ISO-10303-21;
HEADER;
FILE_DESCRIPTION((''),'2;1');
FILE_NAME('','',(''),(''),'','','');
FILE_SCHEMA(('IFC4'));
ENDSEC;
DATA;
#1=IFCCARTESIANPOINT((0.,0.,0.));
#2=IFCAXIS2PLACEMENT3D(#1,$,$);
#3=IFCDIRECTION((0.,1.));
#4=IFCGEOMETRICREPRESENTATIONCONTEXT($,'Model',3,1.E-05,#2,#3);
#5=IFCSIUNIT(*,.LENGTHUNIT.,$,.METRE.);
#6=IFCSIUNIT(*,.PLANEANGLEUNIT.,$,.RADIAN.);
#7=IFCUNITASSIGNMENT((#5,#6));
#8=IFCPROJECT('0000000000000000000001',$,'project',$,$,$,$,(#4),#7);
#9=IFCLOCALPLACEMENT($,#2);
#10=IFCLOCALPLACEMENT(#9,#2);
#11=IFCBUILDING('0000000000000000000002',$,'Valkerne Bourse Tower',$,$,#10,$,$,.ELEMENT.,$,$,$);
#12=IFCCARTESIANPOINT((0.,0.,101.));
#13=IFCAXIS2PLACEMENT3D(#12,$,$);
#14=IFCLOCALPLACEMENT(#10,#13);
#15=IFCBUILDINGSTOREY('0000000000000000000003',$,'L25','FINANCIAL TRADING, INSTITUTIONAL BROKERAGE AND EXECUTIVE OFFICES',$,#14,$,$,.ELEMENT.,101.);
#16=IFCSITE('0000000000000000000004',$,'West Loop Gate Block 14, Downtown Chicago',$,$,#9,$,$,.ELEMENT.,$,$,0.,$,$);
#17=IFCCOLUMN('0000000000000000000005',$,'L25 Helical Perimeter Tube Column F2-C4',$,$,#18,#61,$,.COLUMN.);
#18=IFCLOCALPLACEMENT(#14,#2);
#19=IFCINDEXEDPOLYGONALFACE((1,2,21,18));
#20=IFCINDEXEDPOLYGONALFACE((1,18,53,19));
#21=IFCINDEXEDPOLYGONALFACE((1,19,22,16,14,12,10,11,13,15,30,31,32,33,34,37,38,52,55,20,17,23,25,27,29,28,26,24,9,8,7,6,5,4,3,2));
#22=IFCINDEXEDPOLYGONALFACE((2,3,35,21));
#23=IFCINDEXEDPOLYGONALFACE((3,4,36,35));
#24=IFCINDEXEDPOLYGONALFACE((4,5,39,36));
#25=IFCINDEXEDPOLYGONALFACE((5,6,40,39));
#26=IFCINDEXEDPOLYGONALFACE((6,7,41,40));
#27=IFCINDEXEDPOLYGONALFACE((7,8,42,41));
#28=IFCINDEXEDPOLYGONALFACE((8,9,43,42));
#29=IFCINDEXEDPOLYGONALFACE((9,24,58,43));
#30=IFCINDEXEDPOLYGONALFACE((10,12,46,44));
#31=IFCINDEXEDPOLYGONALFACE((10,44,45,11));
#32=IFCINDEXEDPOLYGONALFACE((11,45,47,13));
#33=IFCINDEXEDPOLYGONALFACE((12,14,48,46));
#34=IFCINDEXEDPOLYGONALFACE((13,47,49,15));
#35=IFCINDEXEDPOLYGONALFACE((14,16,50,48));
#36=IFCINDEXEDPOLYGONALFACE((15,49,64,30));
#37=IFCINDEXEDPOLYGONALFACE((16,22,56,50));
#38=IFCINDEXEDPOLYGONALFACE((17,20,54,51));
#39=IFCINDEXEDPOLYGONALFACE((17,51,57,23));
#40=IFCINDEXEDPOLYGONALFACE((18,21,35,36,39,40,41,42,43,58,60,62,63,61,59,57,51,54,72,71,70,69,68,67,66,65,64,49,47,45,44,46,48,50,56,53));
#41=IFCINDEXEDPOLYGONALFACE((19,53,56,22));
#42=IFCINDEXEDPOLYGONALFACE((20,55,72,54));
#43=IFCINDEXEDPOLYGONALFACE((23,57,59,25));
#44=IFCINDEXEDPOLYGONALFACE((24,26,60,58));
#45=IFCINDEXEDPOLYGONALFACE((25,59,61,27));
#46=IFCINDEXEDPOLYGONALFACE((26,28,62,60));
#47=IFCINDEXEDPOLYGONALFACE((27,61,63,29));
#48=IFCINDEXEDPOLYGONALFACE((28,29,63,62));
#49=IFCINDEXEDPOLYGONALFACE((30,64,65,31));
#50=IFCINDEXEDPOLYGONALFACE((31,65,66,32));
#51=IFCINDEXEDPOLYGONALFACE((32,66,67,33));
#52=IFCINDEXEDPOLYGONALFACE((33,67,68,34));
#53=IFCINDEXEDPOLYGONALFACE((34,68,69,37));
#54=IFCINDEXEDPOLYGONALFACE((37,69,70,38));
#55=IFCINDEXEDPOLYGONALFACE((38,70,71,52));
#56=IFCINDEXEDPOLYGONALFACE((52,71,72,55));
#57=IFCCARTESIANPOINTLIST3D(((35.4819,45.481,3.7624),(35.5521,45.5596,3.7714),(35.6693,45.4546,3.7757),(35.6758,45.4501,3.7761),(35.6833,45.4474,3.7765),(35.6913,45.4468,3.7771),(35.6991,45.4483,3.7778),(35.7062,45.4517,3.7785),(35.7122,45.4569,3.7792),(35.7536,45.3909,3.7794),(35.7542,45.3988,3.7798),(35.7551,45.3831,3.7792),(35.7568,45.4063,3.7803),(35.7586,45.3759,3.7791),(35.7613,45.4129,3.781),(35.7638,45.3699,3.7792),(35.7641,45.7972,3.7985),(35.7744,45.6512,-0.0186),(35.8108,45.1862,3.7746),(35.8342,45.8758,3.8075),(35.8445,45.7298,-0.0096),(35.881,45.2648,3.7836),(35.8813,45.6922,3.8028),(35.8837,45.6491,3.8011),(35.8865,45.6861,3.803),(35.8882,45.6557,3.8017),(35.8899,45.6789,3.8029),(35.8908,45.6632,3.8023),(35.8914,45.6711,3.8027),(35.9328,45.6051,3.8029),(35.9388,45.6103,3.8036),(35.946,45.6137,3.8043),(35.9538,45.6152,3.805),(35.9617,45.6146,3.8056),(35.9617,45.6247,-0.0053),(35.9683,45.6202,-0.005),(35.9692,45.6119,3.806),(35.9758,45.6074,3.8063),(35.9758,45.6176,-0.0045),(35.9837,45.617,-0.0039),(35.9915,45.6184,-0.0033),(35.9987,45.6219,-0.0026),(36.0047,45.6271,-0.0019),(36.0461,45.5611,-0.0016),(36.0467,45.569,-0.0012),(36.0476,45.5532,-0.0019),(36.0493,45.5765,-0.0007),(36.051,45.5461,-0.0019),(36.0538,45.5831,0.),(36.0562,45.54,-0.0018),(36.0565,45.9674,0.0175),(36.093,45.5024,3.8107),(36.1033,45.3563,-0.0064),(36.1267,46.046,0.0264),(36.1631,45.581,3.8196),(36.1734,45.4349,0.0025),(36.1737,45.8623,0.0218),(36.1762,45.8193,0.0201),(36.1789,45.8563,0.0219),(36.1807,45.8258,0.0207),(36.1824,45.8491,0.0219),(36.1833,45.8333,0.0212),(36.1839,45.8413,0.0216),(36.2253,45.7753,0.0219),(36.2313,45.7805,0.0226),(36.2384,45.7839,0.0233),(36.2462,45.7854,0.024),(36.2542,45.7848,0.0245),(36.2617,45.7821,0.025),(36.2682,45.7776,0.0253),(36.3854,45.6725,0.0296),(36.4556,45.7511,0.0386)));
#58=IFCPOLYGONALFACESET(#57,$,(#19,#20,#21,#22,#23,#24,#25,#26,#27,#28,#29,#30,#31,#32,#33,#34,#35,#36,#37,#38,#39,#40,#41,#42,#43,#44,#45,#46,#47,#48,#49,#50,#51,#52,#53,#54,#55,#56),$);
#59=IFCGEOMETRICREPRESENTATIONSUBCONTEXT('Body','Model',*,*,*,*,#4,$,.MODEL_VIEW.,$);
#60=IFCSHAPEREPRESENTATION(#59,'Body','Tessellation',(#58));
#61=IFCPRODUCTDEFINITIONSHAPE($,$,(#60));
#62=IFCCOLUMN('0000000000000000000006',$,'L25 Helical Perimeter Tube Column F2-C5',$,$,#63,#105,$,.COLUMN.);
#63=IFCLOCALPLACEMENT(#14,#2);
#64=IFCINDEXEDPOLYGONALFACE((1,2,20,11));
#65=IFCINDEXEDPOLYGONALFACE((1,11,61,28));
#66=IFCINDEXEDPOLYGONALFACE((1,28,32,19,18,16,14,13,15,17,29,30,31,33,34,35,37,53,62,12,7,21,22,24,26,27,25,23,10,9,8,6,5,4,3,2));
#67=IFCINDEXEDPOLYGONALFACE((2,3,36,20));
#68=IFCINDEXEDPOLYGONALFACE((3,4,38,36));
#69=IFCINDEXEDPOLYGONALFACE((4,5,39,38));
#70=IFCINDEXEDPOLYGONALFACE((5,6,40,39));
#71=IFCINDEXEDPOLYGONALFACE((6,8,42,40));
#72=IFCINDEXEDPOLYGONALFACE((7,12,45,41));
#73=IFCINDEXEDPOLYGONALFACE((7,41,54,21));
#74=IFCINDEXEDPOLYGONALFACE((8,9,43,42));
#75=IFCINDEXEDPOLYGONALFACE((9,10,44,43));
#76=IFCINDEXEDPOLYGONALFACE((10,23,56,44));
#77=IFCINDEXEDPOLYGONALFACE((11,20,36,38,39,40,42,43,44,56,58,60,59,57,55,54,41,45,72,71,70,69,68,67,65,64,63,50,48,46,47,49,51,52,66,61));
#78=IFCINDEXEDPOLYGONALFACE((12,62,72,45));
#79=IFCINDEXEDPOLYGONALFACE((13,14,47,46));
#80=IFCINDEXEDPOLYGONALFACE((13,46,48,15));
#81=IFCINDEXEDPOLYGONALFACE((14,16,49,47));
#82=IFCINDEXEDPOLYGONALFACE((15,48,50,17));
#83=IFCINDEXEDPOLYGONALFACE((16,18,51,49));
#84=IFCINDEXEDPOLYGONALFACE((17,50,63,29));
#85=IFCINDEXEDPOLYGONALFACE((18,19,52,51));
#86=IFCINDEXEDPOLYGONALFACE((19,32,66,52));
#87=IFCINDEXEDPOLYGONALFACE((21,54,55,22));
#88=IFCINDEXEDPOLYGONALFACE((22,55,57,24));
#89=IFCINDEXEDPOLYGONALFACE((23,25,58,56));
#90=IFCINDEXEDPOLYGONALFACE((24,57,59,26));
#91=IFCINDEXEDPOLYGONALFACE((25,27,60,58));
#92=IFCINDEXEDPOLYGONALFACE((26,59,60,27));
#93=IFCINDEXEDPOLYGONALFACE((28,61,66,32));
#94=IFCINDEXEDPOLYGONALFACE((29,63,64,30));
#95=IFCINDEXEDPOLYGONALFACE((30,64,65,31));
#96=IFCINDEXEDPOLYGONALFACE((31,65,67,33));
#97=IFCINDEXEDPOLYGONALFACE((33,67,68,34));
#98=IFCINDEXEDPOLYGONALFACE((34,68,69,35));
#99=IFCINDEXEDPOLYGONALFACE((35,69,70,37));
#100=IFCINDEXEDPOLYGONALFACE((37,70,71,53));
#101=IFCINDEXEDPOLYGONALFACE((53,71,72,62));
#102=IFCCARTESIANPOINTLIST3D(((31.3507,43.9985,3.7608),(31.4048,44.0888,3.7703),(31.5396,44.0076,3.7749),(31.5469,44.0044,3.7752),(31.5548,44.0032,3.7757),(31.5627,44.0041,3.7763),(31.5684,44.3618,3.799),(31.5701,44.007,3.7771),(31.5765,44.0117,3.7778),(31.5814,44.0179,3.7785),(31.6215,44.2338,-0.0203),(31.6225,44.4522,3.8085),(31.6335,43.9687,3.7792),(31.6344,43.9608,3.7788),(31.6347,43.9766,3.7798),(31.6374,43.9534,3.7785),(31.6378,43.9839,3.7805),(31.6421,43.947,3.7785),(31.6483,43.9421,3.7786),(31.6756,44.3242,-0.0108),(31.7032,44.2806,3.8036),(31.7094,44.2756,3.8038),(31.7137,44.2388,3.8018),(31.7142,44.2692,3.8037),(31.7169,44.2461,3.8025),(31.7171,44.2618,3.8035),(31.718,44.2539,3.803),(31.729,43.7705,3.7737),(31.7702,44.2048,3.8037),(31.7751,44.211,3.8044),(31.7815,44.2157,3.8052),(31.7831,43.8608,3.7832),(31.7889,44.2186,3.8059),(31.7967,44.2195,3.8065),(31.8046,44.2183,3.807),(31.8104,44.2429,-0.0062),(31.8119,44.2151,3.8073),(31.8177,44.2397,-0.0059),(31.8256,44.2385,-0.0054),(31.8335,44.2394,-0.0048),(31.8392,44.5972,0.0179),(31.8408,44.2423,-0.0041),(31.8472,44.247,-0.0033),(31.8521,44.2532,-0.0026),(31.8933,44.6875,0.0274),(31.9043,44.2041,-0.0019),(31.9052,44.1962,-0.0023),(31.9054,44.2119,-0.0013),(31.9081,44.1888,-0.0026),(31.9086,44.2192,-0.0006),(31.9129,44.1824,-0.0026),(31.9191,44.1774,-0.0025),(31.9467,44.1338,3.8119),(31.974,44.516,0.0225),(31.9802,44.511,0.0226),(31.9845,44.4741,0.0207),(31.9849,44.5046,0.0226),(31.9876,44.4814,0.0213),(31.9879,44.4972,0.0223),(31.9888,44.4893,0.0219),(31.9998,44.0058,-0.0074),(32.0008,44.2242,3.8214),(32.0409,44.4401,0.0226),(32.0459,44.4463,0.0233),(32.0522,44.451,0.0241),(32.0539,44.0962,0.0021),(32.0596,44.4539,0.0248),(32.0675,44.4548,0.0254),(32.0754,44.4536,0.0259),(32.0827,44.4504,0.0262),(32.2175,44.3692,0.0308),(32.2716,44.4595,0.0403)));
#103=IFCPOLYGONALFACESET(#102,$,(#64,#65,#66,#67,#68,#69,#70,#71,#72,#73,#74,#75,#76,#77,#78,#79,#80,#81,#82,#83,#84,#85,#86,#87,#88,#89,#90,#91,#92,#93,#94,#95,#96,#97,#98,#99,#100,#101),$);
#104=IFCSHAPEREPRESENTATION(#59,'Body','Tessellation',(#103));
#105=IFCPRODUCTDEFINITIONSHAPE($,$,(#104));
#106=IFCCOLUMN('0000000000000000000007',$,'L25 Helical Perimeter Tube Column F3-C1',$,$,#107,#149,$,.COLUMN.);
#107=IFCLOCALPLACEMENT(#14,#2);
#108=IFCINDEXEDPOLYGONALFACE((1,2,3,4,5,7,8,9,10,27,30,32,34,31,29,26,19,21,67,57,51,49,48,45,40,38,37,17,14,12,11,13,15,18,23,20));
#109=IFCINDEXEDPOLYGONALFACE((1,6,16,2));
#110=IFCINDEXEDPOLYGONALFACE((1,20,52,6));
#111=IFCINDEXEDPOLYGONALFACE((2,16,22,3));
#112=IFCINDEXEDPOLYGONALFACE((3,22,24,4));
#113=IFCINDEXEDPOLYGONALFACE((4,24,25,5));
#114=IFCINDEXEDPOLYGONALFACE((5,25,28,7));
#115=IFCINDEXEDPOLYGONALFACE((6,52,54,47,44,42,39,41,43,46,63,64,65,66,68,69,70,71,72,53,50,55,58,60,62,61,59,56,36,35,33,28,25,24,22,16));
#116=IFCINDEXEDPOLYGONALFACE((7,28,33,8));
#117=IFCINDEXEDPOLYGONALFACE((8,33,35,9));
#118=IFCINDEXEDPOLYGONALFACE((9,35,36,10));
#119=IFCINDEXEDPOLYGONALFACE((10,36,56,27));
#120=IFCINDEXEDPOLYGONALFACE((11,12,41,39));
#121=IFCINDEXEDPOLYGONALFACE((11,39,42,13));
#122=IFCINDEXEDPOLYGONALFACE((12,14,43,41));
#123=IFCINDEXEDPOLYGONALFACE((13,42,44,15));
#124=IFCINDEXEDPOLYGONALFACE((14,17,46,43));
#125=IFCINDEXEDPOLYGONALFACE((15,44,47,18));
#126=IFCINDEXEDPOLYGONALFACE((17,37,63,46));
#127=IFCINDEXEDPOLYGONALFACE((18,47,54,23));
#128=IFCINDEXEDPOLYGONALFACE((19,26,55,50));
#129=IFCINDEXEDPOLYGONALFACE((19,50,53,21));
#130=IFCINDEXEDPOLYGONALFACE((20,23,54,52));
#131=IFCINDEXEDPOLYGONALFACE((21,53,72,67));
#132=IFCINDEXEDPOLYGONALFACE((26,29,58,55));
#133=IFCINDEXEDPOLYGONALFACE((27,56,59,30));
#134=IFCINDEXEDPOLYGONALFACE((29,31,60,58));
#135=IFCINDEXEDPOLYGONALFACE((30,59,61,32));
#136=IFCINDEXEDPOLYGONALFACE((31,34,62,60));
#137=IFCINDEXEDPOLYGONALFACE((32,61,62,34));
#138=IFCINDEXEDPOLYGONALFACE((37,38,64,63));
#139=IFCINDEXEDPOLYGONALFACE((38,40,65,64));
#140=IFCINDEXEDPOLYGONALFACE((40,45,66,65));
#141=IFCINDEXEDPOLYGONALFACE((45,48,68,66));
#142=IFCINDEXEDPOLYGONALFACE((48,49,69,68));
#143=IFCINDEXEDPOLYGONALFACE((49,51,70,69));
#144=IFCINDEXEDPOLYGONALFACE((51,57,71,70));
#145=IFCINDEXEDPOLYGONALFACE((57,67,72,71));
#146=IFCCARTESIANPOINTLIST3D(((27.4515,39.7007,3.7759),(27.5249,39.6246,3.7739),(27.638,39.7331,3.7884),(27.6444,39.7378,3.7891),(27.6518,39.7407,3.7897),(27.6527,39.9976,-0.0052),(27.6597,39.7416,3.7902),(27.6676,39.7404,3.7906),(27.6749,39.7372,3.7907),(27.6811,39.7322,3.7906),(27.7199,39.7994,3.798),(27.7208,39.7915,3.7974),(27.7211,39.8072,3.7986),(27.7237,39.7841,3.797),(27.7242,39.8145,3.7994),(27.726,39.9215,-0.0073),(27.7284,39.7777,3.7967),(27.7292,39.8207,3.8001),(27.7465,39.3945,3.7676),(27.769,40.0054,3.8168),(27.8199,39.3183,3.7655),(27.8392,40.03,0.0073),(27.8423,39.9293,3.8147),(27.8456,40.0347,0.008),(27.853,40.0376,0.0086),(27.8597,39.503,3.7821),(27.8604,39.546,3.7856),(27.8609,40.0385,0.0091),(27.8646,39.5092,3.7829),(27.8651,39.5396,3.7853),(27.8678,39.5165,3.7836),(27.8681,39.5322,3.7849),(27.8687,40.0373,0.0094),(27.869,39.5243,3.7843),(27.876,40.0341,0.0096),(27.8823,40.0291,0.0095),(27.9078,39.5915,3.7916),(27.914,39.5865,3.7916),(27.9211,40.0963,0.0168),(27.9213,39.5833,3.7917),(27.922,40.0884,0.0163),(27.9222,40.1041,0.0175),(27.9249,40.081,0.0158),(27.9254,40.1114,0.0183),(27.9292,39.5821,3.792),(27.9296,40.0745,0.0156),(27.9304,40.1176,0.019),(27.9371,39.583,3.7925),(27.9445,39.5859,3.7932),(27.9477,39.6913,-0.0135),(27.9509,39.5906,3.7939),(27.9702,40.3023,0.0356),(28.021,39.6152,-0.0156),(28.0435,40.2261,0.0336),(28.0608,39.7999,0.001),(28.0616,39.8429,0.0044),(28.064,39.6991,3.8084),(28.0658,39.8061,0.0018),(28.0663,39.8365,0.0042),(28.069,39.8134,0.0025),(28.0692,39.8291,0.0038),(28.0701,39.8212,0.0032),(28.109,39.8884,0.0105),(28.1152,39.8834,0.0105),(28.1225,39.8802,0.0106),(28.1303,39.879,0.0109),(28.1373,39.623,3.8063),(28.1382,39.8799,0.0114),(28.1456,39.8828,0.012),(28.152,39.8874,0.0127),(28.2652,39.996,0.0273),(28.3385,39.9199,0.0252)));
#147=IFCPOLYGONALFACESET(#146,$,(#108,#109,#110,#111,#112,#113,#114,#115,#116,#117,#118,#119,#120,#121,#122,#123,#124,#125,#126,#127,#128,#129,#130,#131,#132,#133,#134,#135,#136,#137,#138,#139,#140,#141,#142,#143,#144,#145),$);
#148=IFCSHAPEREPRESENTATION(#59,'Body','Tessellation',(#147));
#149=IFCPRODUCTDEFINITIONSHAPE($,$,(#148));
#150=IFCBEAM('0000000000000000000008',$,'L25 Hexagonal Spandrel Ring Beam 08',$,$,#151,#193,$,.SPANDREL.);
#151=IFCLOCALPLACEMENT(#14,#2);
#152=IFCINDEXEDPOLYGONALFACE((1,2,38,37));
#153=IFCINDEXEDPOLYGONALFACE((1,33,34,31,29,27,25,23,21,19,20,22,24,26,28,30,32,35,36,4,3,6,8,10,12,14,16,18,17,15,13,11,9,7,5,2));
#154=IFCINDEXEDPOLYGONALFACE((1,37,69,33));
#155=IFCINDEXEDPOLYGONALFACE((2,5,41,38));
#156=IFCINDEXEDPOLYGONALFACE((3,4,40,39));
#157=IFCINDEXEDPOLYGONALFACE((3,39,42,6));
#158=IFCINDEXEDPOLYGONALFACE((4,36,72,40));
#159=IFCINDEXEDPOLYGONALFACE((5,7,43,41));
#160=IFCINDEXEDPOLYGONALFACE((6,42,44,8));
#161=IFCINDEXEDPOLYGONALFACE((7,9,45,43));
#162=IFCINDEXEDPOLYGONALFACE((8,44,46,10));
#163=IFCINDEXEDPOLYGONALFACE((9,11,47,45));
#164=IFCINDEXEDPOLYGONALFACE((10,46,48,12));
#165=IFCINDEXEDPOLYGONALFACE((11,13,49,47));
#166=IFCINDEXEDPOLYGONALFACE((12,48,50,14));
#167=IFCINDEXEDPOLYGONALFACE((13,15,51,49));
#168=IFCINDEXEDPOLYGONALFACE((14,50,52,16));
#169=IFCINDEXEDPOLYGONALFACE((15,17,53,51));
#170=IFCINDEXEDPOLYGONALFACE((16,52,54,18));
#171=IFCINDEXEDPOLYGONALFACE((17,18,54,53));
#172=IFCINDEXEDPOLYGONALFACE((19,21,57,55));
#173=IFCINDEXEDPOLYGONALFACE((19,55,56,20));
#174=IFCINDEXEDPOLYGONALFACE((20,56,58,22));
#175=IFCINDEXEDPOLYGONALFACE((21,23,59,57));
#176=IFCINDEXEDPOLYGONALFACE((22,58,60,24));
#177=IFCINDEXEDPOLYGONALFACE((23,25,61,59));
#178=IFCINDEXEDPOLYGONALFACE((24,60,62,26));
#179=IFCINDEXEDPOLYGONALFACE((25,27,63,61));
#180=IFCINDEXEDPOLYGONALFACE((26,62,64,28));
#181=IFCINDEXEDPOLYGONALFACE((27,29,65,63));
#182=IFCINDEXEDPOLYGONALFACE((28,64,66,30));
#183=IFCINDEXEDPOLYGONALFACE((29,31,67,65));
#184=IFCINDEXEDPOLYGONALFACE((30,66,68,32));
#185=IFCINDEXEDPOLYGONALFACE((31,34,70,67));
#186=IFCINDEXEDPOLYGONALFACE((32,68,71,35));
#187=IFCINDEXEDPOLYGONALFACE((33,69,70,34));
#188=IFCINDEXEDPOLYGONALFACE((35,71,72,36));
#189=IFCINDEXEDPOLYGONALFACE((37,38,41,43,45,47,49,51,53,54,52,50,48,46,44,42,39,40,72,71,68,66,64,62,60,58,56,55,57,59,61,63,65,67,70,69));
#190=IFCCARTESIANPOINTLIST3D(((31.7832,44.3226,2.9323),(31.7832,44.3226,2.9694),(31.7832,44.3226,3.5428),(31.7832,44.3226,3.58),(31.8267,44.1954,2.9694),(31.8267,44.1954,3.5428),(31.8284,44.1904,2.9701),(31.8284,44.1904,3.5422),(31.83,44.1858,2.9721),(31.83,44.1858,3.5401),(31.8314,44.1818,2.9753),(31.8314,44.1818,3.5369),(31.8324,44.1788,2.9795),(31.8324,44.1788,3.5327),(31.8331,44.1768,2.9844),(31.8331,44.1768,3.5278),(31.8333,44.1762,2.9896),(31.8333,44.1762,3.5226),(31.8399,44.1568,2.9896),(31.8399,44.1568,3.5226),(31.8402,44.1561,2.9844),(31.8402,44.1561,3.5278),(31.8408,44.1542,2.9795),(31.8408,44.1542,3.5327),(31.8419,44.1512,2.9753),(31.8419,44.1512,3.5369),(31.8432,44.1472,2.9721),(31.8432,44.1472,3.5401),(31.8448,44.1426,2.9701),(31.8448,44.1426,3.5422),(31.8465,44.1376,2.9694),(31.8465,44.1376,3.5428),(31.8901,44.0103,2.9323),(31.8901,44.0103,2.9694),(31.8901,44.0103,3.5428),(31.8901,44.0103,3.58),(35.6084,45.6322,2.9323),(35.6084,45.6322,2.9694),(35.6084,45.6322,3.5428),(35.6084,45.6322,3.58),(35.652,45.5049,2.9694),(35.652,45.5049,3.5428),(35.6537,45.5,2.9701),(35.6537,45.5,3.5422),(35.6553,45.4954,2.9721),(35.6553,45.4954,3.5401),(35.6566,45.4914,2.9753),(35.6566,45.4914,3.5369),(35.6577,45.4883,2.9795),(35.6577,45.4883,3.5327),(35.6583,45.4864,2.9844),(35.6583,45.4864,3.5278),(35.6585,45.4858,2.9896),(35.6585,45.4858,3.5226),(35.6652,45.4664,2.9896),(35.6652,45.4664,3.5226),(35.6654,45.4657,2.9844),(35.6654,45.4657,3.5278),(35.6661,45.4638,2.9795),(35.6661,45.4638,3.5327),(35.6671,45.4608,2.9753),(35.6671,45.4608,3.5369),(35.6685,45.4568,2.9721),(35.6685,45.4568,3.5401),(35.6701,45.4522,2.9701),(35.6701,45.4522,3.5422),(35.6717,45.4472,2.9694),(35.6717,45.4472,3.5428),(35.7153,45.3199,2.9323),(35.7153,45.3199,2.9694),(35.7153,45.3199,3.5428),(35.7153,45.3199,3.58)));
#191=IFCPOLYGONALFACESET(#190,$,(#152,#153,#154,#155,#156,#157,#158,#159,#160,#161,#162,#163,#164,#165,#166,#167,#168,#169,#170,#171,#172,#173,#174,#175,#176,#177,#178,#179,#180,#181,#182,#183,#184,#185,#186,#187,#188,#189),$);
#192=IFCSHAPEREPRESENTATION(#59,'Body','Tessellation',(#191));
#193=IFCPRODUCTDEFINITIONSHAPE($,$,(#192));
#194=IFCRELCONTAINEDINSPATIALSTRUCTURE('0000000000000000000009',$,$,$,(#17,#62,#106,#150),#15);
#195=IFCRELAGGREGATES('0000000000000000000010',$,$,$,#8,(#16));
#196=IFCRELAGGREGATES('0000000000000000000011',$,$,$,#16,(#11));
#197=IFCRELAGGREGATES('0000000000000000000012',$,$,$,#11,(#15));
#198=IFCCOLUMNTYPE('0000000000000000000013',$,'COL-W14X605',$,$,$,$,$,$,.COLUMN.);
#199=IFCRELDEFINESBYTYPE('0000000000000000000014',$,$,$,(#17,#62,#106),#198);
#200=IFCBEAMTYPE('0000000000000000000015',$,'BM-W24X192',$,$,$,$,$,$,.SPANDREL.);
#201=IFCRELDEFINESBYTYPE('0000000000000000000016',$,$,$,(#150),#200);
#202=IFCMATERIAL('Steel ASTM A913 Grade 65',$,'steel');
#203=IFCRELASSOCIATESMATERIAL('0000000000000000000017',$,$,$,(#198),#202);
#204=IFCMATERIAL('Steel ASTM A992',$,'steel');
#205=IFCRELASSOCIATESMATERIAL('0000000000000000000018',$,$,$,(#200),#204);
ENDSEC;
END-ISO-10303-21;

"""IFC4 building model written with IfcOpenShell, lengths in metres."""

from ifc_helpers import new_model, si_unit, direction, frame, origin, origin_2d, place, context, subcontext, project, spatial, i_section, extrude, material, material_profile, profile_set, type_object, element, save


model = new_model("IFC4")

# Units and contexts
model_context = context("Model", 3, precision=1e-05, world=origin(), true_north=direction((0.0, 1.0)))
body_context = subcontext(model_context, "Body", "Model", "MODEL_VIEW")
ifc_project = project(units=[si_unit("LENGTHUNIT", "METRE"), si_unit("PLANEANGLEUNIT", "RADIAN")], contexts=[model_context])

# Site, building, storey
site_placement = place(None, origin())
site = spatial("IfcSite", under=ifc_project, at=site_placement, Name="West Loop Gate Block 14, Downtown Chicago", CompositionType="ELEMENT", RefElevation=0.0)
building_placement = place(site_placement, origin())
building = spatial("IfcBuilding", under=site, at=building_placement, Name="Valkerne Bourse Tower", CompositionType="ELEMENT")
storey_placement = place(building_placement, frame((0.0, 0.0, 101.0)))
storey = spatial("IfcBuildingStorey", under=building, at=storey_placement, Name="L25", Description="FINANCIAL TRADING, INSTITUTIONAL BROKERAGE AND EXECUTIVE OFFICES", CompositionType="ELEMENT", Elevation=101.0)

# Columns
ifc_material_1 = material(Name="Steel ASTM A913 Grade 65", Category="steel")
ifc_material_profile_1 = material_profile(ifc_material_1, i_section(OverallWidth=0.4419, OverallDepth=0.531, WebThickness=0.0659, FlangeThickness=0.1057, FilletRadius=0.0305, at=origin_2d()), Name="W14X605")
ifc_profile_set_1 = profile_set([ifc_material_profile_1], Name="Steel ASTM A913 Grade 65")
column_type = type_object("IfcColumnType", Name="COL-W14X605", PredefinedType="COLUMN", material=ifc_profile_set_1)
column_placement = place(storey_placement, frame((36.115, 45.7012, 0.01), z_axis=(-0.077047, -0.044826, 0.996019), x_axis=(-0.744308, 0.667269, -0.027545)))
element("IfcColumn", 1, at=column_placement, inside=storey, type_object=column_type, Name="L25 Helical Perimeter Tube Column F2-C4", PredefinedType="COLUMN", context=body_context, shape_type="SweptSolid", body=[
    extrude(i_section(OverallWidth=0.4419, OverallDepth=0.531, WebThickness=0.0659, FlangeThickness=0.1057, FilletRadius=0.0305, at=origin_2d()), origin(), (0.0, 0.0, 1.0), 3.7961),
])
for number, where, z_axis, x_axis, name in (
    (2, (31.9465, 44.3467, 0.01), (-0.071288, -0.061967, 0.995529), (-0.856114, 0.515962, -0.029189), "L25 Helical Perimeter Tube Column F2-C5"),
    (3, (27.9956, 39.9587, 0.01), (-0.052968, -0.078167, 0.995532), (-0.718376, -0.689497, -0.092359), "L25 Helical Perimeter Tube Column F3-C1"),
):
    element("IfcColumn", number, at=place(storey_placement, frame(where, z_axis=z_axis, x_axis=x_axis)), inside=storey, type_object=column_type, Name=name, PredefinedType="COLUMN", context=body_context, shape_type="SweptSolid", body=[
        extrude(i_section(OverallWidth=0.4419, OverallDepth=0.531, WebThickness=0.0659, FlangeThickness=0.1057, FilletRadius=0.0305, at=origin_2d()), origin(), (0.0, 0.0, 1.0), 3.7981),
    ])

# Beam
ifc_material_2 = material(Name="Steel ASTM A992", Category="steel")
ifc_material_profile_2 = material_profile(ifc_material_2, i_section(OverallWidth=0.3301, OverallDepth=0.6477, WebThickness=0.0205, FlangeThickness=0.0371, FilletRadius=0.0203, at=origin_2d()), Name="W24X192")
ifc_profile_set_2 = profile_set([ifc_material_profile_2], Name="Steel ASTM A992")
beam_type_1 = type_object("IfcBeamType", Name="BM-W24X192", PredefinedType="SPANDREL", material=ifc_profile_set_2)
beam_1_placement = place(storey_placement, frame((35.6619, 45.4761, 3.2561), z_axis=(-0.946092, -0.323898, 0.0), x_axis=(0.323898, -0.946092, 0.0)))
element("IfcBeam", 4, at=beam_1_placement, inside=storey, type_object=beam_type_1, Name="L25 Hexagonal Spandrel Ring Beam 08", PredefinedType="SPANDREL", context=body_context, shape_type="SweptSolid", body=[
    extrude(i_section(OverallWidth=0.3301, OverallDepth=0.6477, WebThickness=0.0205, FlangeThickness=0.0371, FilletRadius=0.0203, at=origin_2d()), origin(), (0.0, 0.0, 1.0), 4.0432),
])

save(model, "model.ifc")
